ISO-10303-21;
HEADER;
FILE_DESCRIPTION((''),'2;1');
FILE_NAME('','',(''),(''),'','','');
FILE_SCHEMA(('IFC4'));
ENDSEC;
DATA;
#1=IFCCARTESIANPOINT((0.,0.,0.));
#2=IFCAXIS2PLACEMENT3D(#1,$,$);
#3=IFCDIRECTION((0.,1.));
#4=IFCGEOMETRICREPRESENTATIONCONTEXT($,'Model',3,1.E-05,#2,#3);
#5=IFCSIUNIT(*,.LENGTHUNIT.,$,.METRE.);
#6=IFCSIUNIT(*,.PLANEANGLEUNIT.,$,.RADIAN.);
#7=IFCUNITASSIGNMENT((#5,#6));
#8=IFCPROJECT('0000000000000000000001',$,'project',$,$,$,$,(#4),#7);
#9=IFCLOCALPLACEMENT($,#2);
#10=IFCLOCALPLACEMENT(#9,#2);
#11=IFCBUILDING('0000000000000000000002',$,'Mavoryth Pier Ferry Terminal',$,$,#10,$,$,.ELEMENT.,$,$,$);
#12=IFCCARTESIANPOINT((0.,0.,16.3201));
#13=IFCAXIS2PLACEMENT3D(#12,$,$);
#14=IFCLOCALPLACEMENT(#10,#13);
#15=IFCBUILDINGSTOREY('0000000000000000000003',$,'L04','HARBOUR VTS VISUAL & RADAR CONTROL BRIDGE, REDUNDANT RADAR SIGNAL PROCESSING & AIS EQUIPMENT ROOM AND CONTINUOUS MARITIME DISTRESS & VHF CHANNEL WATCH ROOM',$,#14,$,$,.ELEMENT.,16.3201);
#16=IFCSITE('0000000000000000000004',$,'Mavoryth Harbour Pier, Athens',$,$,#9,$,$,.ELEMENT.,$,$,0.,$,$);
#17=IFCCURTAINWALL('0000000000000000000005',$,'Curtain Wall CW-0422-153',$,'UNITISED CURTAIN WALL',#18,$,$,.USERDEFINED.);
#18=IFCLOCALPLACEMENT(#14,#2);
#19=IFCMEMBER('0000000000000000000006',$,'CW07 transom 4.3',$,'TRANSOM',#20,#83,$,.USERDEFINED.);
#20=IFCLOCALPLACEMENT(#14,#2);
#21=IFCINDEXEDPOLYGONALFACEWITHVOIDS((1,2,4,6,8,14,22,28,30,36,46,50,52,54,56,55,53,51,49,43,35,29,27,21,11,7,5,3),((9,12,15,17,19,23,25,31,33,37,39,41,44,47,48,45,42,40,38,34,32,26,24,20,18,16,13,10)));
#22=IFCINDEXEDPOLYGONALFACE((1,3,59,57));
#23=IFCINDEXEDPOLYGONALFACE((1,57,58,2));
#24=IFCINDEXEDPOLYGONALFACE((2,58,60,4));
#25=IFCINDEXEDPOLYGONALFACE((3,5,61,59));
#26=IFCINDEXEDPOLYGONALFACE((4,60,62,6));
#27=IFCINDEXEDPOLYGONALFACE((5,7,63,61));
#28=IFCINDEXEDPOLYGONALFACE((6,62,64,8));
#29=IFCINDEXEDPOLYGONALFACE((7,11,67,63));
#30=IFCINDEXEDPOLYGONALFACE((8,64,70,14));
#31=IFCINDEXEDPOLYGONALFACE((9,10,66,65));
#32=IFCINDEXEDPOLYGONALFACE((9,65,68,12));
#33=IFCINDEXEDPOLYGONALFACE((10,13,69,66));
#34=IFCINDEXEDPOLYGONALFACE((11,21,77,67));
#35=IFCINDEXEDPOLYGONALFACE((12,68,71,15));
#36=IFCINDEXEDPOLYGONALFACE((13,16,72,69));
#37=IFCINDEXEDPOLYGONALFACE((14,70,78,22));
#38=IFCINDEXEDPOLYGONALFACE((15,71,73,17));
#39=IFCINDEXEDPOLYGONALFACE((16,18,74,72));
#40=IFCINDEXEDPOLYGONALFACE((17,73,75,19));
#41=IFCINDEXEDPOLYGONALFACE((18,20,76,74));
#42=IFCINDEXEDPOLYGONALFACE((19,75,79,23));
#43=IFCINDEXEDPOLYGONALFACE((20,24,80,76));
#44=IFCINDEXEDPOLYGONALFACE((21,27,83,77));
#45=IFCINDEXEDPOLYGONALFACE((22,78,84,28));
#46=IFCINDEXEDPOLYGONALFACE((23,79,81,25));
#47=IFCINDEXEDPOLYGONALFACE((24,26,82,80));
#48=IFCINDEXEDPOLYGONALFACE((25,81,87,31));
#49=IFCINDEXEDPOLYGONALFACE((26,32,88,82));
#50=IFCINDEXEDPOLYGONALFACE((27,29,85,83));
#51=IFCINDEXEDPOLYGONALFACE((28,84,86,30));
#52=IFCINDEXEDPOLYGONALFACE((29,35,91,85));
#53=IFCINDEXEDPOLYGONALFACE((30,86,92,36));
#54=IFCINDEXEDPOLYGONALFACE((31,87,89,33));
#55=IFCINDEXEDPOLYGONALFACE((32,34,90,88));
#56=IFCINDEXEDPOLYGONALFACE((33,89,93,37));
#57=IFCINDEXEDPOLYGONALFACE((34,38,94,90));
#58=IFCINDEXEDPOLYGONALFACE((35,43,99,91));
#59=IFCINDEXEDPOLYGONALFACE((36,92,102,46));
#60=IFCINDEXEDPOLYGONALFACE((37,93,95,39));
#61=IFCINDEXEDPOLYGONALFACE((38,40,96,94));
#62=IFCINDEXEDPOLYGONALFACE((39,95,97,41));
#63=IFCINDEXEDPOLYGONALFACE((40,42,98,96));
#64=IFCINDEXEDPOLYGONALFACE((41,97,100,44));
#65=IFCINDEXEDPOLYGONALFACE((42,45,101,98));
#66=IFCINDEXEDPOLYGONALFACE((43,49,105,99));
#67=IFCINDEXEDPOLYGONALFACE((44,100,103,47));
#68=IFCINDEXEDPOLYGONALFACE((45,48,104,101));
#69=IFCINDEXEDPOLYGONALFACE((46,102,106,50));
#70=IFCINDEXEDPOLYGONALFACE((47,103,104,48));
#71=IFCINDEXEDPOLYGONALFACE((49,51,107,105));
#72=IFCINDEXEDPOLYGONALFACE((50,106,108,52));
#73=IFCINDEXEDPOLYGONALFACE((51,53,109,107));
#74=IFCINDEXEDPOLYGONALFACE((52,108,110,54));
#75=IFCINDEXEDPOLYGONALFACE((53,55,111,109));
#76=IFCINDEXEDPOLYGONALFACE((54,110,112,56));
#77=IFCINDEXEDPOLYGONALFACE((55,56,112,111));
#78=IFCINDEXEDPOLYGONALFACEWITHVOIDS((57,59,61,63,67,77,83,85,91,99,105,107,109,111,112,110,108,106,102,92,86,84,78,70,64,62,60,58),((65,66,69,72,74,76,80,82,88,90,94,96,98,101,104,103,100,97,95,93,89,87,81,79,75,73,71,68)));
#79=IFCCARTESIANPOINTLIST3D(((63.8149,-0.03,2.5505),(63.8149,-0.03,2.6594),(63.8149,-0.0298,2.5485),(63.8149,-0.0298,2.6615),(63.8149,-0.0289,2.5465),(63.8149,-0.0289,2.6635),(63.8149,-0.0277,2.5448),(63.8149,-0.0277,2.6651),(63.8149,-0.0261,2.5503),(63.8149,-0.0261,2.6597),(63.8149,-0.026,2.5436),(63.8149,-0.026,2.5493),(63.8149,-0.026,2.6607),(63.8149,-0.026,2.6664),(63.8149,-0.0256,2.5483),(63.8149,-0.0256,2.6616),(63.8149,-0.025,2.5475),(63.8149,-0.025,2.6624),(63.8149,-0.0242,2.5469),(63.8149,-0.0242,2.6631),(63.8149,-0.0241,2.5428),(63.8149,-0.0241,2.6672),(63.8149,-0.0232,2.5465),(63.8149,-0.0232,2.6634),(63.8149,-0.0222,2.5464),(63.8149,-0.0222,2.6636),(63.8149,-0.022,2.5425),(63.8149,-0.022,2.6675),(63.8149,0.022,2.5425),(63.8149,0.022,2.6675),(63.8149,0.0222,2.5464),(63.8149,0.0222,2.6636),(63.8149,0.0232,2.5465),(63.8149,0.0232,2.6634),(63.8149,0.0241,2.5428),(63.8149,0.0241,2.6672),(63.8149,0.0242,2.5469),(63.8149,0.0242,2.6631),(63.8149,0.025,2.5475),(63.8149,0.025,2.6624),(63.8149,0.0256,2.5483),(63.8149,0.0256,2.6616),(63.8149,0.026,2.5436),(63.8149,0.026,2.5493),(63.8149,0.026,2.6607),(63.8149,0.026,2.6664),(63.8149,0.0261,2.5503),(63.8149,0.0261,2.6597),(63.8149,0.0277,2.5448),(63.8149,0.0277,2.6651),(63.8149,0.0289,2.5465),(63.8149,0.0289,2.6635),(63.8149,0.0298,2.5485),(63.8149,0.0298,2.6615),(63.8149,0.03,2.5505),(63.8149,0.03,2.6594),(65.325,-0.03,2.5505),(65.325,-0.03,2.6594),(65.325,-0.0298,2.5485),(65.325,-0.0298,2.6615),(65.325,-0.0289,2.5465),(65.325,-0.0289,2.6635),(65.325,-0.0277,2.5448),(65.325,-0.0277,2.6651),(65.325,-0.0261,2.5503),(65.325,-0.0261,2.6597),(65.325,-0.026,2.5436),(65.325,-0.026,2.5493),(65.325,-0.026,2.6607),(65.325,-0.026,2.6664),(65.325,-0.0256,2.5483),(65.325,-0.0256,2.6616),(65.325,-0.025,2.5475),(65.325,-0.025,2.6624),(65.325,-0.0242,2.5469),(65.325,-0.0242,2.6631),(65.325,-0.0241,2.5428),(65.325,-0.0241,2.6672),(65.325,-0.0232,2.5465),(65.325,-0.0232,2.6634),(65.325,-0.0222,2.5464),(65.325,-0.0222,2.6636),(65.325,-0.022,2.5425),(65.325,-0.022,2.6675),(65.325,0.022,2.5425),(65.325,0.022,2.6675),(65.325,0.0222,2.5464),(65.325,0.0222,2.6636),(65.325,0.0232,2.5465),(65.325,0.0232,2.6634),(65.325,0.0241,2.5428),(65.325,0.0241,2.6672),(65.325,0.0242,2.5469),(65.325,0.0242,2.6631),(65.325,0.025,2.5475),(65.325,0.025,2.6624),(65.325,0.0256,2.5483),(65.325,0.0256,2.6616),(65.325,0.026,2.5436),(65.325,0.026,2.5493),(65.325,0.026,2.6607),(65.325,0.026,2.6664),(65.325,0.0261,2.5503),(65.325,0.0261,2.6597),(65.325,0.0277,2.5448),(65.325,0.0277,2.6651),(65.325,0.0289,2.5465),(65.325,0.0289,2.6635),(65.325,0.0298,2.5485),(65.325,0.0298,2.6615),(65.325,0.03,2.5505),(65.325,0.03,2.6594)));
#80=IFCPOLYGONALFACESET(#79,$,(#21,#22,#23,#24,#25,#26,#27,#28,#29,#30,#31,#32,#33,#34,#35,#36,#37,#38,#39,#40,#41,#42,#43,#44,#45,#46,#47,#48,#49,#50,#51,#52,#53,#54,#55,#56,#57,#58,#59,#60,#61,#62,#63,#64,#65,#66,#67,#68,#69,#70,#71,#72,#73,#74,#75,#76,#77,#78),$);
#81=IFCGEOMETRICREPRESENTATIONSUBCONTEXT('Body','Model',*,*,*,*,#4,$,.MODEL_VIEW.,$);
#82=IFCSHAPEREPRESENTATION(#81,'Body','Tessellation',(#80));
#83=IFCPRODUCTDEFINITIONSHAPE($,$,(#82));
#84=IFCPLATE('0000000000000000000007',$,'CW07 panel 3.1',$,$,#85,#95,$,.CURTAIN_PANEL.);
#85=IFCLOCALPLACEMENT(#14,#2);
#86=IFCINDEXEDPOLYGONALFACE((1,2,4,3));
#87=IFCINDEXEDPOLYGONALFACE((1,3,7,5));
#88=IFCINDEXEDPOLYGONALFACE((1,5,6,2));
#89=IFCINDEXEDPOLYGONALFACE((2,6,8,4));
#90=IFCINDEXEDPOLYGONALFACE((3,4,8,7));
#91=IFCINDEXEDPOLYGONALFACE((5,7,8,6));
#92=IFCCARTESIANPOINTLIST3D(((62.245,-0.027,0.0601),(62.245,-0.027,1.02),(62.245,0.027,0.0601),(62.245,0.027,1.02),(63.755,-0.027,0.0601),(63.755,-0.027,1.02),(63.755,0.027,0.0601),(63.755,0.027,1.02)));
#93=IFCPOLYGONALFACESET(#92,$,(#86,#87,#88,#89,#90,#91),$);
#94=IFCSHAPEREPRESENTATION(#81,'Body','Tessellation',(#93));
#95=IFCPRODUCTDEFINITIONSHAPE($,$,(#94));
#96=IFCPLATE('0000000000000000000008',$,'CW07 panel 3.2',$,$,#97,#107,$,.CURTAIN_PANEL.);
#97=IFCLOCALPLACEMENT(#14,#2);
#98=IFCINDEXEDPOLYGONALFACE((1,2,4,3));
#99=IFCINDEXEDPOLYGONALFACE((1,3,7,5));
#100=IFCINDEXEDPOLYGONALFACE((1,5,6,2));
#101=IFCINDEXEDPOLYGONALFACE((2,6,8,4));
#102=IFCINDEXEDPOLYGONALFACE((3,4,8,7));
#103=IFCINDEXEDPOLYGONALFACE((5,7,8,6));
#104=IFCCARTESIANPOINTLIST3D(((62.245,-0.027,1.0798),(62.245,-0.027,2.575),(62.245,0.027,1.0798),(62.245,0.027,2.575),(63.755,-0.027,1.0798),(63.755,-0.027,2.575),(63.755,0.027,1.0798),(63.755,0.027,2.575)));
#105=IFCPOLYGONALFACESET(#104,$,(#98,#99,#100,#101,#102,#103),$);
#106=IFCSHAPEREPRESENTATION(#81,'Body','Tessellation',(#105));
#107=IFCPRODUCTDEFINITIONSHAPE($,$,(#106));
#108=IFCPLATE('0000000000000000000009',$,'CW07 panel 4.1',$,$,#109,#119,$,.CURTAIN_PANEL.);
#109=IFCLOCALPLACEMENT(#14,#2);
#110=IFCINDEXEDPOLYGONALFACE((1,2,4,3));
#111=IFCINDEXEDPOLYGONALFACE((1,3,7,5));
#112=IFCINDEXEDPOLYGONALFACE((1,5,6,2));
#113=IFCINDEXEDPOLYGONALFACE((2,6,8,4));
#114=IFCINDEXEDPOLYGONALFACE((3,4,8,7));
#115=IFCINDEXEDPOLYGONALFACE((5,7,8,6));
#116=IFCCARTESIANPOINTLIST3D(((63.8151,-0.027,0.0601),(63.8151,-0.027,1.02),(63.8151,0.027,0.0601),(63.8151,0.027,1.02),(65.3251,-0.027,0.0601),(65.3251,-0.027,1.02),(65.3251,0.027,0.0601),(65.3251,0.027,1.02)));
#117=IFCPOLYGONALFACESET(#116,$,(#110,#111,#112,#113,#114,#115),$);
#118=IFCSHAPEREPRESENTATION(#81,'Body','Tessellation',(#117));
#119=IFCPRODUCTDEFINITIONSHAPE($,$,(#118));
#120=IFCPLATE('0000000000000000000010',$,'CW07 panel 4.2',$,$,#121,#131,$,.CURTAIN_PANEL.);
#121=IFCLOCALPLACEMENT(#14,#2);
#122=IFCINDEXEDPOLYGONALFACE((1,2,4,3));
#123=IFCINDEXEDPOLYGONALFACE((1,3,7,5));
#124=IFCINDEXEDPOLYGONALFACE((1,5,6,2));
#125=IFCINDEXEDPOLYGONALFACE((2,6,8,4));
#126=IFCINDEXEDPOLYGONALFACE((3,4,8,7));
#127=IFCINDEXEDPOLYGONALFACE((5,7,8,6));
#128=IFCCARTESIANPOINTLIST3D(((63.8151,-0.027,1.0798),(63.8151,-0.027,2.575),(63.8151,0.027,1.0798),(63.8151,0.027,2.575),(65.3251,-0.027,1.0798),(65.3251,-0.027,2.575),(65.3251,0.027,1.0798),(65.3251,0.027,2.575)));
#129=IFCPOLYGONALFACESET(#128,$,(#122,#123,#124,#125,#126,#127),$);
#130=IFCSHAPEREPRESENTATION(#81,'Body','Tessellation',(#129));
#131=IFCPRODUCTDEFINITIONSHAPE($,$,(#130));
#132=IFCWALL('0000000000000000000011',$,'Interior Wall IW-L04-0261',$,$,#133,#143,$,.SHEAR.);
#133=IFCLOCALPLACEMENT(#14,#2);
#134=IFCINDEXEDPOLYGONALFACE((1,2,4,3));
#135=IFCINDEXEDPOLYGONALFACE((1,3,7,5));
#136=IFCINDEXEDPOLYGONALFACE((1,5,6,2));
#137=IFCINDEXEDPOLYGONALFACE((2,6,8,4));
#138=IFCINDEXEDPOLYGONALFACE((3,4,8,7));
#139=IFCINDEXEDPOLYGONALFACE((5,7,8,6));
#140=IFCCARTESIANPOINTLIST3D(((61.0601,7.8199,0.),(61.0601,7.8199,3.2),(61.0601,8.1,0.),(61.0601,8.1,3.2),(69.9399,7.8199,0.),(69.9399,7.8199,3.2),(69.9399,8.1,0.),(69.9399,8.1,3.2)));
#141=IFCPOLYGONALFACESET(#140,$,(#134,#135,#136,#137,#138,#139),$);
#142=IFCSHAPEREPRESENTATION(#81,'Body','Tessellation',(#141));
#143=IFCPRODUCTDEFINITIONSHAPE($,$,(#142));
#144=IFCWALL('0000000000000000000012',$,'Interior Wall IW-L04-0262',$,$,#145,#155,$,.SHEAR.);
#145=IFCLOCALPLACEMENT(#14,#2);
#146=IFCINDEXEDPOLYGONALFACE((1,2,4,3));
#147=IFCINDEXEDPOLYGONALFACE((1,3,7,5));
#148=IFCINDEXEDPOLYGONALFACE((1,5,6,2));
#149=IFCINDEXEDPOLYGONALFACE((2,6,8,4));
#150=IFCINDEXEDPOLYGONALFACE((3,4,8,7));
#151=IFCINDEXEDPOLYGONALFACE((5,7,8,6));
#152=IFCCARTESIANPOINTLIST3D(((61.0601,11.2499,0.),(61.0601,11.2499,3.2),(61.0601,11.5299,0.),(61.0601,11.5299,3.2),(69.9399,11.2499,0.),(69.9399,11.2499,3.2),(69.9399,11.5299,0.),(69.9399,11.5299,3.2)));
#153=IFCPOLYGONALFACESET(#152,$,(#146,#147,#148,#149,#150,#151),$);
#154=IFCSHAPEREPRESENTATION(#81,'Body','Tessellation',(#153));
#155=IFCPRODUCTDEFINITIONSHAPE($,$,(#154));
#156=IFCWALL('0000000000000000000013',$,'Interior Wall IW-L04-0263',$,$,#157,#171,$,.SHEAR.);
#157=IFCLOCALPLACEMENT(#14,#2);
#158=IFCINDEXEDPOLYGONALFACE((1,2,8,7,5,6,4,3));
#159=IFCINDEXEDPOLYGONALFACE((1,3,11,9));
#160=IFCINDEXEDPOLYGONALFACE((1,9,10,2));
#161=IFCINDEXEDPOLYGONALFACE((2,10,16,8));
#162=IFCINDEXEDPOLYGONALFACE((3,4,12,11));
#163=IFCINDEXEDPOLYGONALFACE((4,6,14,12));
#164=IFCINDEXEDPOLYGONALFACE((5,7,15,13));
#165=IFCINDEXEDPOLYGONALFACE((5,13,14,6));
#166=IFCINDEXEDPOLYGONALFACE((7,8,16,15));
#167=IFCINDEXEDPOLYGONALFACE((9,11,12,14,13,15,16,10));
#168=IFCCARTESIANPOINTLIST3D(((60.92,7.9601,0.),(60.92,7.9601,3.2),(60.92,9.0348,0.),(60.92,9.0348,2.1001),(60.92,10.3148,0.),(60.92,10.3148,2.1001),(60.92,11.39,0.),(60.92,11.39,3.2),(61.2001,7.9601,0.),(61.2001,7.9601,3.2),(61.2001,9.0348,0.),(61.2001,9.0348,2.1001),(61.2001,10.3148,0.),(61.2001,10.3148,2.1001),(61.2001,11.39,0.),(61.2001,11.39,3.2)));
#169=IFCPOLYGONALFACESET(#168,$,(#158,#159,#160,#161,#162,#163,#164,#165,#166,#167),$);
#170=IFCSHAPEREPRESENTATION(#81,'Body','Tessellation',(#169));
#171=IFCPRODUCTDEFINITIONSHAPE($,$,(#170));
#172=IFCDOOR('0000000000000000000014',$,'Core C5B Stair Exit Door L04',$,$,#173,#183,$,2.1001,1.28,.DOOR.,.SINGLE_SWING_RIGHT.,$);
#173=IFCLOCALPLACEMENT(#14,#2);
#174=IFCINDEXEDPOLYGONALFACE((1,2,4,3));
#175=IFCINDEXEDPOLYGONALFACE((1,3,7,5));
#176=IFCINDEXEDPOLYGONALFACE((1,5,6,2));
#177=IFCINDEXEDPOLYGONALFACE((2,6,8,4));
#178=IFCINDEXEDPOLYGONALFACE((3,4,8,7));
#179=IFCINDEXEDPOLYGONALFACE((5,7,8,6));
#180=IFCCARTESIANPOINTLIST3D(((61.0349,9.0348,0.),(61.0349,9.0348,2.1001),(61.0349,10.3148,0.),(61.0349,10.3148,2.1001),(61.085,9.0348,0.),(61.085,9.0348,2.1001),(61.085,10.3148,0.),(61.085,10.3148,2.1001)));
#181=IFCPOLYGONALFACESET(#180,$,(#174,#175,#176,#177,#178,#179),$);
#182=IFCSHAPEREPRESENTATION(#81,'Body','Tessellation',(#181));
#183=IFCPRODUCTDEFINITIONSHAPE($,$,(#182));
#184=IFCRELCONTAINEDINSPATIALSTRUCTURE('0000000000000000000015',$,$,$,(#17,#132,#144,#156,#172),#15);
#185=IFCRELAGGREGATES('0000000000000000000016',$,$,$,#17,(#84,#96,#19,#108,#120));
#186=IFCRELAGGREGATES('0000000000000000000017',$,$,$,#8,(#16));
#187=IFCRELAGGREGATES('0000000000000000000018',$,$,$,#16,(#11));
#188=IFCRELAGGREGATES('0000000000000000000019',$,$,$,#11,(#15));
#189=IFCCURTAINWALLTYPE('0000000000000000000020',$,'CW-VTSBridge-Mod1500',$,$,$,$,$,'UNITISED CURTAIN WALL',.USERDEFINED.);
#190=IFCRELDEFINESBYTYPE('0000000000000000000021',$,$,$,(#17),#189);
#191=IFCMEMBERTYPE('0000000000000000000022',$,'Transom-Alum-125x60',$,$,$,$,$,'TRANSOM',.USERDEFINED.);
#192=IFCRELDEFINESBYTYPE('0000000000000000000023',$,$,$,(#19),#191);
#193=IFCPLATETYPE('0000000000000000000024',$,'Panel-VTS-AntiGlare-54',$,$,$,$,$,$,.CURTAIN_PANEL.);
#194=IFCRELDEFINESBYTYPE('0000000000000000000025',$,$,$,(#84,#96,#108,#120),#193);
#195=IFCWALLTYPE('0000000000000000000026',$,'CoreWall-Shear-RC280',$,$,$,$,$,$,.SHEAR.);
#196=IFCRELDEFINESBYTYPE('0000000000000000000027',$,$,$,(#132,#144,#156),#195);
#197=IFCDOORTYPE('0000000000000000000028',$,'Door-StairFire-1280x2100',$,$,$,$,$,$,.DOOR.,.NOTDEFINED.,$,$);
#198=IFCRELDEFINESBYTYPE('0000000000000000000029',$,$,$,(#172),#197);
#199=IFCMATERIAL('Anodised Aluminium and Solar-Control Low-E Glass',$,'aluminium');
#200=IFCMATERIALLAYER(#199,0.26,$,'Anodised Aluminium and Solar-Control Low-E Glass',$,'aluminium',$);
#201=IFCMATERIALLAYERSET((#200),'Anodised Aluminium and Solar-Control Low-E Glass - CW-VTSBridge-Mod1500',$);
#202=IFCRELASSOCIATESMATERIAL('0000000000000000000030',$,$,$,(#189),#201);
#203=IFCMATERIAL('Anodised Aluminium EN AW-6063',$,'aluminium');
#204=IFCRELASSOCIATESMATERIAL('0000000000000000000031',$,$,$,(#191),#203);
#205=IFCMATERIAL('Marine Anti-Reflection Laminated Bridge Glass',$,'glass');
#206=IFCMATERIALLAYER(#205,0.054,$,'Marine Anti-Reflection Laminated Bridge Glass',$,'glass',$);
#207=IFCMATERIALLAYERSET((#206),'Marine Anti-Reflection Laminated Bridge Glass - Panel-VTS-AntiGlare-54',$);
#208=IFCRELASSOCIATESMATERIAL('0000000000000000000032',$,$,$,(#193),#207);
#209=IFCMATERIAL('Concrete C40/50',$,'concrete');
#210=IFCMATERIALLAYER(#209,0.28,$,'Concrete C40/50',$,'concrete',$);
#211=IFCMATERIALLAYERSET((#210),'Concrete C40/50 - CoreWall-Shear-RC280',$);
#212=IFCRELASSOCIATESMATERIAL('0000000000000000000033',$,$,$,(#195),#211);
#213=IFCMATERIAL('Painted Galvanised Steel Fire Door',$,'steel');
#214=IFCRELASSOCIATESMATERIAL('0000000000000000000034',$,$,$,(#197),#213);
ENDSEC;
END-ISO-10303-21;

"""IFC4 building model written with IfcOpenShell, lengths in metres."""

from ifc_helpers import new_model, si_unit, direction, frame, frame_2d, origin, origin_2d, place, context, subcontext, project, spatial, rectangle, hollow_rectangle, extrude, material, layer, layer_set, material_profile, profile_set, type_object, element, fill, aggregate, save


model = new_model("IFC4")

# Units and contexts
model_context = context("Model", 3, precision=1e-05, world=origin(), true_north=direction((0.0, 1.0)))
body_context = subcontext(model_context, "Body", "Model", "MODEL_VIEW")
ifc_project = project(units=[si_unit("LENGTHUNIT", "METRE"), si_unit("PLANEANGLEUNIT", "RADIAN")], contexts=[model_context])

# Site, building, storey
site_placement = place(None, origin())
site = spatial("IfcSite", under=ifc_project, at=site_placement, Name="Mavoryth Harbour Pier, Athens", CompositionType="ELEMENT", RefElevation=0.0)
building_placement = place(site_placement, origin())
building = spatial("IfcBuilding", under=site, at=building_placement, Name="Mavoryth Pier Ferry Terminal", CompositionType="ELEMENT")
storey_placement = place(building_placement, frame((0.0, 0.0, 16.3201)))
storey = spatial("IfcBuildingStorey", under=building, at=storey_placement, Name="L04", Description="HARBOUR VTS VISUAL & RADAR CONTROL BRIDGE, REDUNDANT RADAR SIGNAL PROCESSING & AIS EQUIPMENT ROOM AND CONTINUOUS MARITIME DISTRESS & VHF CHANNEL WATCH ROOM", CompositionType="ELEMENT", Elevation=16.3201)

# Shared definitions
ifc_material_1 = material(Name="Concrete C40/50", Category="concrete")

# Curtain wall, member, plates
ifc_material_2 = material(Name="Anodised Aluminium and Solar-Control Low-E Glass", Category="aluminium")
ifc_layer_1 = layer(ifc_material_2, 0.26, Name="Anodised Aluminium and Solar-Control Low-E Glass", Category="aluminium")
ifc_layer_set_1 = layer_set([ifc_layer_1], Name="Anodised Aluminium and Solar-Control Low-E Glass - CW-VTSBridge-Mod1500")
curtain_wall_type = type_object("IfcCurtainWallType", Name="CW-VTSBridge-Mod1500", ElementType="UNITISED CURTAIN WALL", PredefinedType="USERDEFINED", material=ifc_layer_set_1)
curtain_wall_placement = place(storey_placement, origin())
curtain_wall = element("IfcCurtainWall", 1, at=curtain_wall_placement, inside=storey, type_object=curtain_wall_type, Name="Curtain Wall CW-0422-153", ObjectType="UNITISED CURTAIN WALL", PredefinedType="USERDEFINED")
ifc_material_3 = material(Name="Anodised Aluminium EN AW-6063", Category="aluminium")
ifc_material_profile_1 = material_profile(ifc_material_3, hollow_rectangle(XDim=0.0601, YDim=0.125, WallThickness=0.0039, InnerFilletRadius=0.0039, OuterFilletRadius=0.0081, at=origin_2d()), Name="AL-TRAN 125x60x4", Category="aluminium")
ifc_profile_set_1 = profile_set([ifc_material_profile_1], Name="Anodised Aluminium EN AW-6063 - AL-TRAN 125x60x4")
member_type_1 = type_object("IfcMemberType", Name="Transom-Alum-125x60", ElementType="TRANSOM", PredefinedType="USERDEFINED", material=ifc_profile_set_1)
member_1_placement = place(storey_placement, frame((63.8149, 0.0, 2.605), z_axis=(1.0, 0.0, 0.0), x_axis=(0.0, 1.0, 0.0)))
member_1 = element("IfcMember", 2, at=member_1_placement, type_object=member_type_1, Name="CW07 transom 4.3", ObjectType="TRANSOM", PredefinedType="USERDEFINED", context=body_context, shape_type="SweptSolid", body=[
    extrude(hollow_rectangle(XDim=0.0601, YDim=0.125, WallThickness=0.0039, InnerFilletRadius=0.0039, OuterFilletRadius=0.0081, at=origin_2d()), origin(), (0.0, 0.0, 1.0), 1.51),
])
ifc_material_4 = material(Name="Marine Anti-Reflection Laminated Bridge Glass", Category="glass")
ifc_layer_2 = layer(ifc_material_4, 0.054, Name="Marine Anti-Reflection Laminated Bridge Glass", Category="glass")
ifc_layer_set_2 = layer_set([ifc_layer_2], Name="Marine Anti-Reflection Laminated Bridge Glass - Panel-VTS-AntiGlare-54")
plate_type = type_object("IfcPlateType", Name="Panel-VTS-AntiGlare-54", PredefinedType="CURTAIN_PANEL", material=ifc_layer_set_2)
plate_1_placement = place(storey_placement, frame((63.0, 0.0, 0.0601), z_axis=(0.0, 0.0, 1.0), x_axis=(1.0, 0.0, 0.0)))
plate_1 = element("IfcPlate", 3, at=plate_1_placement, type_object=plate_type, Name="CW07 panel 3.1", PredefinedType="CURTAIN_PANEL", context=body_context, shape_type="SweptSolid", body=[
    extrude(rectangle(XDim=1.51, YDim=0.054, at=origin_2d()), origin(), (0.0, 0.0, 1.0), 0.96),
])
plate_2_placement = place(storey_placement, frame((63.0, 0.0, 1.0798), z_axis=(0.0, 0.0, 1.0), x_axis=(1.0, 0.0, 0.0)))
plate_2 = element("IfcPlate", 4, at=plate_2_placement, type_object=plate_type, Name="CW07 panel 3.2", PredefinedType="CURTAIN_PANEL", context=body_context, shape_type="SweptSolid", body=[
    extrude(rectangle(XDim=1.51, YDim=0.054, at=origin_2d()), origin(), (0.0, 0.0, 1.0), 1.4951),
])
plate_3_placement = place(storey_placement, frame((64.5701, 0.0, 0.0601), z_axis=(0.0, 0.0, 1.0), x_axis=(1.0, 0.0, 0.0)))
plate_3 = element("IfcPlate", 5, at=plate_3_placement, type_object=plate_type, Name="CW07 panel 4.1", PredefinedType="CURTAIN_PANEL", context=body_context, shape_type="SweptSolid", body=[
    extrude(rectangle(XDim=1.51, YDim=0.054, at=origin_2d()), origin(), (0.0, 0.0, 1.0), 0.96),
])
plate_4_placement = place(storey_placement, frame((64.5701, 0.0, 1.0798), z_axis=(0.0, 0.0, 1.0), x_axis=(1.0, 0.0, 0.0)))
plate_4 = element("IfcPlate", 6, at=plate_4_placement, type_object=plate_type, Name="CW07 panel 4.2", PredefinedType="CURTAIN_PANEL", context=body_context, shape_type="SweptSolid", body=[
    extrude(rectangle(XDim=1.51, YDim=0.054, at=origin_2d()), origin(), (0.0, 0.0, 1.0), 1.4951),
])
aggregate(curtain_wall, [plate_1, plate_2, member_1, plate_3, plate_4])

# Walls
ifc_layer_3 = layer(ifc_material_1, 0.28, Name="Concrete C40/50", Category="concrete")
ifc_layer_set_3 = layer_set([ifc_layer_3], Name="Concrete C40/50 - CoreWall-Shear-RC280")
wall_type_1 = type_object("IfcWallType", Name="CoreWall-Shear-RC280", PredefinedType="SHEAR", material=ifc_layer_set_3)
for number, where, z_axis, x_axis, name in (
    (7, (61.0601, 7.96, 0.0), (0.0, 0.0, 1.0), (1.0, 0.0, 0.0), "Interior Wall IW-L04-0261"),
    (8, (61.0601, 11.3899, 0.0), (0.0, 0.0, 1.0), (1.0, 0.0, 0.0), "Interior Wall IW-L04-0262"),
):
    element("IfcWall", number, at=place(storey_placement, frame(where, z_axis=z_axis, x_axis=x_axis)), inside=storey, type_object=wall_type_1, Name=name, PredefinedType="SHEAR", context=body_context, shape_type="SweptSolid", body=[
        extrude(rectangle(XDim=8.8799, YDim=0.28, at=frame_2d((4.4399, 0.0))), origin(), (0.0, 0.0, 1.0), 3.2),
    ])

# Wall, opening, door
wall_1_placement = place(storey_placement, frame((61.0601, 11.3899, 0.0), z_axis=(0.0, 0.0, 1.0), x_axis=(0.0, -1.0, 0.0)))
wall_1 = element("IfcWall", 9, at=wall_1_placement, inside=storey, type_object=wall_type_1, Name="Interior Wall IW-L04-0263", PredefinedType="SHEAR", context=body_context, shape_type="SweptSolid", body=[
    extrude(rectangle(XDim=3.4299, YDim=0.28, at=frame_2d((1.7148, 0.0))), origin(), (0.0, 0.0, 1.0), 3.2),
])
opening_1_placement = place(wall_1_placement, frame((1.075, 0.0, 0.0)))
opening_1 = element("IfcOpeningElement", 10, at=opening_1_placement, cuts=wall_1, PredefinedType="OPENING", context=body_context, shape_type="SweptSolid", body=[
    extrude(rectangle(XDim=1.28, YDim=2.1001, at=frame_2d((0.6401, 1.05))), frame((0.0, 0.1499, 0.0), z_axis=(0.0, -1.0, 0.0), x_axis=(1.0, 0.0, 0.0)), (0.0, 0.0, 1.0), 0.3),
])
ifc_material_5 = material(Name="Painted Galvanised Steel Fire Door", Category="steel")
door_type_1 = type_object("IfcDoorType", Name="Door-StairFire-1280x2100", OperationType="NOTDEFINED", PredefinedType="DOOR", material=ifc_material_5)
door_1_placement = place(opening_1_placement, origin())
door_1 = element("IfcDoor", 11, at=door_1_placement, inside=storey, type_object=door_type_1, Name="Core C5B Stair Exit Door L04", OperationType="SINGLE_SWING_RIGHT", OverallHeight=2.1001, OverallWidth=1.28, PredefinedType="DOOR", context=body_context, shape_type="SweptSolid", body=[
    extrude(rectangle(XDim=1.28, YDim=2.1001, at=frame_2d((0.6401, 1.05))), frame((0.0, 0.0249, 0.0), z_axis=(0.0, -1.0, 0.0), x_axis=(1.0, 0.0, 0.0)), (0.0, 0.0, 1.0), 0.05),
])
fill(opening_1, door_1)

save(model, "model.ifc")
